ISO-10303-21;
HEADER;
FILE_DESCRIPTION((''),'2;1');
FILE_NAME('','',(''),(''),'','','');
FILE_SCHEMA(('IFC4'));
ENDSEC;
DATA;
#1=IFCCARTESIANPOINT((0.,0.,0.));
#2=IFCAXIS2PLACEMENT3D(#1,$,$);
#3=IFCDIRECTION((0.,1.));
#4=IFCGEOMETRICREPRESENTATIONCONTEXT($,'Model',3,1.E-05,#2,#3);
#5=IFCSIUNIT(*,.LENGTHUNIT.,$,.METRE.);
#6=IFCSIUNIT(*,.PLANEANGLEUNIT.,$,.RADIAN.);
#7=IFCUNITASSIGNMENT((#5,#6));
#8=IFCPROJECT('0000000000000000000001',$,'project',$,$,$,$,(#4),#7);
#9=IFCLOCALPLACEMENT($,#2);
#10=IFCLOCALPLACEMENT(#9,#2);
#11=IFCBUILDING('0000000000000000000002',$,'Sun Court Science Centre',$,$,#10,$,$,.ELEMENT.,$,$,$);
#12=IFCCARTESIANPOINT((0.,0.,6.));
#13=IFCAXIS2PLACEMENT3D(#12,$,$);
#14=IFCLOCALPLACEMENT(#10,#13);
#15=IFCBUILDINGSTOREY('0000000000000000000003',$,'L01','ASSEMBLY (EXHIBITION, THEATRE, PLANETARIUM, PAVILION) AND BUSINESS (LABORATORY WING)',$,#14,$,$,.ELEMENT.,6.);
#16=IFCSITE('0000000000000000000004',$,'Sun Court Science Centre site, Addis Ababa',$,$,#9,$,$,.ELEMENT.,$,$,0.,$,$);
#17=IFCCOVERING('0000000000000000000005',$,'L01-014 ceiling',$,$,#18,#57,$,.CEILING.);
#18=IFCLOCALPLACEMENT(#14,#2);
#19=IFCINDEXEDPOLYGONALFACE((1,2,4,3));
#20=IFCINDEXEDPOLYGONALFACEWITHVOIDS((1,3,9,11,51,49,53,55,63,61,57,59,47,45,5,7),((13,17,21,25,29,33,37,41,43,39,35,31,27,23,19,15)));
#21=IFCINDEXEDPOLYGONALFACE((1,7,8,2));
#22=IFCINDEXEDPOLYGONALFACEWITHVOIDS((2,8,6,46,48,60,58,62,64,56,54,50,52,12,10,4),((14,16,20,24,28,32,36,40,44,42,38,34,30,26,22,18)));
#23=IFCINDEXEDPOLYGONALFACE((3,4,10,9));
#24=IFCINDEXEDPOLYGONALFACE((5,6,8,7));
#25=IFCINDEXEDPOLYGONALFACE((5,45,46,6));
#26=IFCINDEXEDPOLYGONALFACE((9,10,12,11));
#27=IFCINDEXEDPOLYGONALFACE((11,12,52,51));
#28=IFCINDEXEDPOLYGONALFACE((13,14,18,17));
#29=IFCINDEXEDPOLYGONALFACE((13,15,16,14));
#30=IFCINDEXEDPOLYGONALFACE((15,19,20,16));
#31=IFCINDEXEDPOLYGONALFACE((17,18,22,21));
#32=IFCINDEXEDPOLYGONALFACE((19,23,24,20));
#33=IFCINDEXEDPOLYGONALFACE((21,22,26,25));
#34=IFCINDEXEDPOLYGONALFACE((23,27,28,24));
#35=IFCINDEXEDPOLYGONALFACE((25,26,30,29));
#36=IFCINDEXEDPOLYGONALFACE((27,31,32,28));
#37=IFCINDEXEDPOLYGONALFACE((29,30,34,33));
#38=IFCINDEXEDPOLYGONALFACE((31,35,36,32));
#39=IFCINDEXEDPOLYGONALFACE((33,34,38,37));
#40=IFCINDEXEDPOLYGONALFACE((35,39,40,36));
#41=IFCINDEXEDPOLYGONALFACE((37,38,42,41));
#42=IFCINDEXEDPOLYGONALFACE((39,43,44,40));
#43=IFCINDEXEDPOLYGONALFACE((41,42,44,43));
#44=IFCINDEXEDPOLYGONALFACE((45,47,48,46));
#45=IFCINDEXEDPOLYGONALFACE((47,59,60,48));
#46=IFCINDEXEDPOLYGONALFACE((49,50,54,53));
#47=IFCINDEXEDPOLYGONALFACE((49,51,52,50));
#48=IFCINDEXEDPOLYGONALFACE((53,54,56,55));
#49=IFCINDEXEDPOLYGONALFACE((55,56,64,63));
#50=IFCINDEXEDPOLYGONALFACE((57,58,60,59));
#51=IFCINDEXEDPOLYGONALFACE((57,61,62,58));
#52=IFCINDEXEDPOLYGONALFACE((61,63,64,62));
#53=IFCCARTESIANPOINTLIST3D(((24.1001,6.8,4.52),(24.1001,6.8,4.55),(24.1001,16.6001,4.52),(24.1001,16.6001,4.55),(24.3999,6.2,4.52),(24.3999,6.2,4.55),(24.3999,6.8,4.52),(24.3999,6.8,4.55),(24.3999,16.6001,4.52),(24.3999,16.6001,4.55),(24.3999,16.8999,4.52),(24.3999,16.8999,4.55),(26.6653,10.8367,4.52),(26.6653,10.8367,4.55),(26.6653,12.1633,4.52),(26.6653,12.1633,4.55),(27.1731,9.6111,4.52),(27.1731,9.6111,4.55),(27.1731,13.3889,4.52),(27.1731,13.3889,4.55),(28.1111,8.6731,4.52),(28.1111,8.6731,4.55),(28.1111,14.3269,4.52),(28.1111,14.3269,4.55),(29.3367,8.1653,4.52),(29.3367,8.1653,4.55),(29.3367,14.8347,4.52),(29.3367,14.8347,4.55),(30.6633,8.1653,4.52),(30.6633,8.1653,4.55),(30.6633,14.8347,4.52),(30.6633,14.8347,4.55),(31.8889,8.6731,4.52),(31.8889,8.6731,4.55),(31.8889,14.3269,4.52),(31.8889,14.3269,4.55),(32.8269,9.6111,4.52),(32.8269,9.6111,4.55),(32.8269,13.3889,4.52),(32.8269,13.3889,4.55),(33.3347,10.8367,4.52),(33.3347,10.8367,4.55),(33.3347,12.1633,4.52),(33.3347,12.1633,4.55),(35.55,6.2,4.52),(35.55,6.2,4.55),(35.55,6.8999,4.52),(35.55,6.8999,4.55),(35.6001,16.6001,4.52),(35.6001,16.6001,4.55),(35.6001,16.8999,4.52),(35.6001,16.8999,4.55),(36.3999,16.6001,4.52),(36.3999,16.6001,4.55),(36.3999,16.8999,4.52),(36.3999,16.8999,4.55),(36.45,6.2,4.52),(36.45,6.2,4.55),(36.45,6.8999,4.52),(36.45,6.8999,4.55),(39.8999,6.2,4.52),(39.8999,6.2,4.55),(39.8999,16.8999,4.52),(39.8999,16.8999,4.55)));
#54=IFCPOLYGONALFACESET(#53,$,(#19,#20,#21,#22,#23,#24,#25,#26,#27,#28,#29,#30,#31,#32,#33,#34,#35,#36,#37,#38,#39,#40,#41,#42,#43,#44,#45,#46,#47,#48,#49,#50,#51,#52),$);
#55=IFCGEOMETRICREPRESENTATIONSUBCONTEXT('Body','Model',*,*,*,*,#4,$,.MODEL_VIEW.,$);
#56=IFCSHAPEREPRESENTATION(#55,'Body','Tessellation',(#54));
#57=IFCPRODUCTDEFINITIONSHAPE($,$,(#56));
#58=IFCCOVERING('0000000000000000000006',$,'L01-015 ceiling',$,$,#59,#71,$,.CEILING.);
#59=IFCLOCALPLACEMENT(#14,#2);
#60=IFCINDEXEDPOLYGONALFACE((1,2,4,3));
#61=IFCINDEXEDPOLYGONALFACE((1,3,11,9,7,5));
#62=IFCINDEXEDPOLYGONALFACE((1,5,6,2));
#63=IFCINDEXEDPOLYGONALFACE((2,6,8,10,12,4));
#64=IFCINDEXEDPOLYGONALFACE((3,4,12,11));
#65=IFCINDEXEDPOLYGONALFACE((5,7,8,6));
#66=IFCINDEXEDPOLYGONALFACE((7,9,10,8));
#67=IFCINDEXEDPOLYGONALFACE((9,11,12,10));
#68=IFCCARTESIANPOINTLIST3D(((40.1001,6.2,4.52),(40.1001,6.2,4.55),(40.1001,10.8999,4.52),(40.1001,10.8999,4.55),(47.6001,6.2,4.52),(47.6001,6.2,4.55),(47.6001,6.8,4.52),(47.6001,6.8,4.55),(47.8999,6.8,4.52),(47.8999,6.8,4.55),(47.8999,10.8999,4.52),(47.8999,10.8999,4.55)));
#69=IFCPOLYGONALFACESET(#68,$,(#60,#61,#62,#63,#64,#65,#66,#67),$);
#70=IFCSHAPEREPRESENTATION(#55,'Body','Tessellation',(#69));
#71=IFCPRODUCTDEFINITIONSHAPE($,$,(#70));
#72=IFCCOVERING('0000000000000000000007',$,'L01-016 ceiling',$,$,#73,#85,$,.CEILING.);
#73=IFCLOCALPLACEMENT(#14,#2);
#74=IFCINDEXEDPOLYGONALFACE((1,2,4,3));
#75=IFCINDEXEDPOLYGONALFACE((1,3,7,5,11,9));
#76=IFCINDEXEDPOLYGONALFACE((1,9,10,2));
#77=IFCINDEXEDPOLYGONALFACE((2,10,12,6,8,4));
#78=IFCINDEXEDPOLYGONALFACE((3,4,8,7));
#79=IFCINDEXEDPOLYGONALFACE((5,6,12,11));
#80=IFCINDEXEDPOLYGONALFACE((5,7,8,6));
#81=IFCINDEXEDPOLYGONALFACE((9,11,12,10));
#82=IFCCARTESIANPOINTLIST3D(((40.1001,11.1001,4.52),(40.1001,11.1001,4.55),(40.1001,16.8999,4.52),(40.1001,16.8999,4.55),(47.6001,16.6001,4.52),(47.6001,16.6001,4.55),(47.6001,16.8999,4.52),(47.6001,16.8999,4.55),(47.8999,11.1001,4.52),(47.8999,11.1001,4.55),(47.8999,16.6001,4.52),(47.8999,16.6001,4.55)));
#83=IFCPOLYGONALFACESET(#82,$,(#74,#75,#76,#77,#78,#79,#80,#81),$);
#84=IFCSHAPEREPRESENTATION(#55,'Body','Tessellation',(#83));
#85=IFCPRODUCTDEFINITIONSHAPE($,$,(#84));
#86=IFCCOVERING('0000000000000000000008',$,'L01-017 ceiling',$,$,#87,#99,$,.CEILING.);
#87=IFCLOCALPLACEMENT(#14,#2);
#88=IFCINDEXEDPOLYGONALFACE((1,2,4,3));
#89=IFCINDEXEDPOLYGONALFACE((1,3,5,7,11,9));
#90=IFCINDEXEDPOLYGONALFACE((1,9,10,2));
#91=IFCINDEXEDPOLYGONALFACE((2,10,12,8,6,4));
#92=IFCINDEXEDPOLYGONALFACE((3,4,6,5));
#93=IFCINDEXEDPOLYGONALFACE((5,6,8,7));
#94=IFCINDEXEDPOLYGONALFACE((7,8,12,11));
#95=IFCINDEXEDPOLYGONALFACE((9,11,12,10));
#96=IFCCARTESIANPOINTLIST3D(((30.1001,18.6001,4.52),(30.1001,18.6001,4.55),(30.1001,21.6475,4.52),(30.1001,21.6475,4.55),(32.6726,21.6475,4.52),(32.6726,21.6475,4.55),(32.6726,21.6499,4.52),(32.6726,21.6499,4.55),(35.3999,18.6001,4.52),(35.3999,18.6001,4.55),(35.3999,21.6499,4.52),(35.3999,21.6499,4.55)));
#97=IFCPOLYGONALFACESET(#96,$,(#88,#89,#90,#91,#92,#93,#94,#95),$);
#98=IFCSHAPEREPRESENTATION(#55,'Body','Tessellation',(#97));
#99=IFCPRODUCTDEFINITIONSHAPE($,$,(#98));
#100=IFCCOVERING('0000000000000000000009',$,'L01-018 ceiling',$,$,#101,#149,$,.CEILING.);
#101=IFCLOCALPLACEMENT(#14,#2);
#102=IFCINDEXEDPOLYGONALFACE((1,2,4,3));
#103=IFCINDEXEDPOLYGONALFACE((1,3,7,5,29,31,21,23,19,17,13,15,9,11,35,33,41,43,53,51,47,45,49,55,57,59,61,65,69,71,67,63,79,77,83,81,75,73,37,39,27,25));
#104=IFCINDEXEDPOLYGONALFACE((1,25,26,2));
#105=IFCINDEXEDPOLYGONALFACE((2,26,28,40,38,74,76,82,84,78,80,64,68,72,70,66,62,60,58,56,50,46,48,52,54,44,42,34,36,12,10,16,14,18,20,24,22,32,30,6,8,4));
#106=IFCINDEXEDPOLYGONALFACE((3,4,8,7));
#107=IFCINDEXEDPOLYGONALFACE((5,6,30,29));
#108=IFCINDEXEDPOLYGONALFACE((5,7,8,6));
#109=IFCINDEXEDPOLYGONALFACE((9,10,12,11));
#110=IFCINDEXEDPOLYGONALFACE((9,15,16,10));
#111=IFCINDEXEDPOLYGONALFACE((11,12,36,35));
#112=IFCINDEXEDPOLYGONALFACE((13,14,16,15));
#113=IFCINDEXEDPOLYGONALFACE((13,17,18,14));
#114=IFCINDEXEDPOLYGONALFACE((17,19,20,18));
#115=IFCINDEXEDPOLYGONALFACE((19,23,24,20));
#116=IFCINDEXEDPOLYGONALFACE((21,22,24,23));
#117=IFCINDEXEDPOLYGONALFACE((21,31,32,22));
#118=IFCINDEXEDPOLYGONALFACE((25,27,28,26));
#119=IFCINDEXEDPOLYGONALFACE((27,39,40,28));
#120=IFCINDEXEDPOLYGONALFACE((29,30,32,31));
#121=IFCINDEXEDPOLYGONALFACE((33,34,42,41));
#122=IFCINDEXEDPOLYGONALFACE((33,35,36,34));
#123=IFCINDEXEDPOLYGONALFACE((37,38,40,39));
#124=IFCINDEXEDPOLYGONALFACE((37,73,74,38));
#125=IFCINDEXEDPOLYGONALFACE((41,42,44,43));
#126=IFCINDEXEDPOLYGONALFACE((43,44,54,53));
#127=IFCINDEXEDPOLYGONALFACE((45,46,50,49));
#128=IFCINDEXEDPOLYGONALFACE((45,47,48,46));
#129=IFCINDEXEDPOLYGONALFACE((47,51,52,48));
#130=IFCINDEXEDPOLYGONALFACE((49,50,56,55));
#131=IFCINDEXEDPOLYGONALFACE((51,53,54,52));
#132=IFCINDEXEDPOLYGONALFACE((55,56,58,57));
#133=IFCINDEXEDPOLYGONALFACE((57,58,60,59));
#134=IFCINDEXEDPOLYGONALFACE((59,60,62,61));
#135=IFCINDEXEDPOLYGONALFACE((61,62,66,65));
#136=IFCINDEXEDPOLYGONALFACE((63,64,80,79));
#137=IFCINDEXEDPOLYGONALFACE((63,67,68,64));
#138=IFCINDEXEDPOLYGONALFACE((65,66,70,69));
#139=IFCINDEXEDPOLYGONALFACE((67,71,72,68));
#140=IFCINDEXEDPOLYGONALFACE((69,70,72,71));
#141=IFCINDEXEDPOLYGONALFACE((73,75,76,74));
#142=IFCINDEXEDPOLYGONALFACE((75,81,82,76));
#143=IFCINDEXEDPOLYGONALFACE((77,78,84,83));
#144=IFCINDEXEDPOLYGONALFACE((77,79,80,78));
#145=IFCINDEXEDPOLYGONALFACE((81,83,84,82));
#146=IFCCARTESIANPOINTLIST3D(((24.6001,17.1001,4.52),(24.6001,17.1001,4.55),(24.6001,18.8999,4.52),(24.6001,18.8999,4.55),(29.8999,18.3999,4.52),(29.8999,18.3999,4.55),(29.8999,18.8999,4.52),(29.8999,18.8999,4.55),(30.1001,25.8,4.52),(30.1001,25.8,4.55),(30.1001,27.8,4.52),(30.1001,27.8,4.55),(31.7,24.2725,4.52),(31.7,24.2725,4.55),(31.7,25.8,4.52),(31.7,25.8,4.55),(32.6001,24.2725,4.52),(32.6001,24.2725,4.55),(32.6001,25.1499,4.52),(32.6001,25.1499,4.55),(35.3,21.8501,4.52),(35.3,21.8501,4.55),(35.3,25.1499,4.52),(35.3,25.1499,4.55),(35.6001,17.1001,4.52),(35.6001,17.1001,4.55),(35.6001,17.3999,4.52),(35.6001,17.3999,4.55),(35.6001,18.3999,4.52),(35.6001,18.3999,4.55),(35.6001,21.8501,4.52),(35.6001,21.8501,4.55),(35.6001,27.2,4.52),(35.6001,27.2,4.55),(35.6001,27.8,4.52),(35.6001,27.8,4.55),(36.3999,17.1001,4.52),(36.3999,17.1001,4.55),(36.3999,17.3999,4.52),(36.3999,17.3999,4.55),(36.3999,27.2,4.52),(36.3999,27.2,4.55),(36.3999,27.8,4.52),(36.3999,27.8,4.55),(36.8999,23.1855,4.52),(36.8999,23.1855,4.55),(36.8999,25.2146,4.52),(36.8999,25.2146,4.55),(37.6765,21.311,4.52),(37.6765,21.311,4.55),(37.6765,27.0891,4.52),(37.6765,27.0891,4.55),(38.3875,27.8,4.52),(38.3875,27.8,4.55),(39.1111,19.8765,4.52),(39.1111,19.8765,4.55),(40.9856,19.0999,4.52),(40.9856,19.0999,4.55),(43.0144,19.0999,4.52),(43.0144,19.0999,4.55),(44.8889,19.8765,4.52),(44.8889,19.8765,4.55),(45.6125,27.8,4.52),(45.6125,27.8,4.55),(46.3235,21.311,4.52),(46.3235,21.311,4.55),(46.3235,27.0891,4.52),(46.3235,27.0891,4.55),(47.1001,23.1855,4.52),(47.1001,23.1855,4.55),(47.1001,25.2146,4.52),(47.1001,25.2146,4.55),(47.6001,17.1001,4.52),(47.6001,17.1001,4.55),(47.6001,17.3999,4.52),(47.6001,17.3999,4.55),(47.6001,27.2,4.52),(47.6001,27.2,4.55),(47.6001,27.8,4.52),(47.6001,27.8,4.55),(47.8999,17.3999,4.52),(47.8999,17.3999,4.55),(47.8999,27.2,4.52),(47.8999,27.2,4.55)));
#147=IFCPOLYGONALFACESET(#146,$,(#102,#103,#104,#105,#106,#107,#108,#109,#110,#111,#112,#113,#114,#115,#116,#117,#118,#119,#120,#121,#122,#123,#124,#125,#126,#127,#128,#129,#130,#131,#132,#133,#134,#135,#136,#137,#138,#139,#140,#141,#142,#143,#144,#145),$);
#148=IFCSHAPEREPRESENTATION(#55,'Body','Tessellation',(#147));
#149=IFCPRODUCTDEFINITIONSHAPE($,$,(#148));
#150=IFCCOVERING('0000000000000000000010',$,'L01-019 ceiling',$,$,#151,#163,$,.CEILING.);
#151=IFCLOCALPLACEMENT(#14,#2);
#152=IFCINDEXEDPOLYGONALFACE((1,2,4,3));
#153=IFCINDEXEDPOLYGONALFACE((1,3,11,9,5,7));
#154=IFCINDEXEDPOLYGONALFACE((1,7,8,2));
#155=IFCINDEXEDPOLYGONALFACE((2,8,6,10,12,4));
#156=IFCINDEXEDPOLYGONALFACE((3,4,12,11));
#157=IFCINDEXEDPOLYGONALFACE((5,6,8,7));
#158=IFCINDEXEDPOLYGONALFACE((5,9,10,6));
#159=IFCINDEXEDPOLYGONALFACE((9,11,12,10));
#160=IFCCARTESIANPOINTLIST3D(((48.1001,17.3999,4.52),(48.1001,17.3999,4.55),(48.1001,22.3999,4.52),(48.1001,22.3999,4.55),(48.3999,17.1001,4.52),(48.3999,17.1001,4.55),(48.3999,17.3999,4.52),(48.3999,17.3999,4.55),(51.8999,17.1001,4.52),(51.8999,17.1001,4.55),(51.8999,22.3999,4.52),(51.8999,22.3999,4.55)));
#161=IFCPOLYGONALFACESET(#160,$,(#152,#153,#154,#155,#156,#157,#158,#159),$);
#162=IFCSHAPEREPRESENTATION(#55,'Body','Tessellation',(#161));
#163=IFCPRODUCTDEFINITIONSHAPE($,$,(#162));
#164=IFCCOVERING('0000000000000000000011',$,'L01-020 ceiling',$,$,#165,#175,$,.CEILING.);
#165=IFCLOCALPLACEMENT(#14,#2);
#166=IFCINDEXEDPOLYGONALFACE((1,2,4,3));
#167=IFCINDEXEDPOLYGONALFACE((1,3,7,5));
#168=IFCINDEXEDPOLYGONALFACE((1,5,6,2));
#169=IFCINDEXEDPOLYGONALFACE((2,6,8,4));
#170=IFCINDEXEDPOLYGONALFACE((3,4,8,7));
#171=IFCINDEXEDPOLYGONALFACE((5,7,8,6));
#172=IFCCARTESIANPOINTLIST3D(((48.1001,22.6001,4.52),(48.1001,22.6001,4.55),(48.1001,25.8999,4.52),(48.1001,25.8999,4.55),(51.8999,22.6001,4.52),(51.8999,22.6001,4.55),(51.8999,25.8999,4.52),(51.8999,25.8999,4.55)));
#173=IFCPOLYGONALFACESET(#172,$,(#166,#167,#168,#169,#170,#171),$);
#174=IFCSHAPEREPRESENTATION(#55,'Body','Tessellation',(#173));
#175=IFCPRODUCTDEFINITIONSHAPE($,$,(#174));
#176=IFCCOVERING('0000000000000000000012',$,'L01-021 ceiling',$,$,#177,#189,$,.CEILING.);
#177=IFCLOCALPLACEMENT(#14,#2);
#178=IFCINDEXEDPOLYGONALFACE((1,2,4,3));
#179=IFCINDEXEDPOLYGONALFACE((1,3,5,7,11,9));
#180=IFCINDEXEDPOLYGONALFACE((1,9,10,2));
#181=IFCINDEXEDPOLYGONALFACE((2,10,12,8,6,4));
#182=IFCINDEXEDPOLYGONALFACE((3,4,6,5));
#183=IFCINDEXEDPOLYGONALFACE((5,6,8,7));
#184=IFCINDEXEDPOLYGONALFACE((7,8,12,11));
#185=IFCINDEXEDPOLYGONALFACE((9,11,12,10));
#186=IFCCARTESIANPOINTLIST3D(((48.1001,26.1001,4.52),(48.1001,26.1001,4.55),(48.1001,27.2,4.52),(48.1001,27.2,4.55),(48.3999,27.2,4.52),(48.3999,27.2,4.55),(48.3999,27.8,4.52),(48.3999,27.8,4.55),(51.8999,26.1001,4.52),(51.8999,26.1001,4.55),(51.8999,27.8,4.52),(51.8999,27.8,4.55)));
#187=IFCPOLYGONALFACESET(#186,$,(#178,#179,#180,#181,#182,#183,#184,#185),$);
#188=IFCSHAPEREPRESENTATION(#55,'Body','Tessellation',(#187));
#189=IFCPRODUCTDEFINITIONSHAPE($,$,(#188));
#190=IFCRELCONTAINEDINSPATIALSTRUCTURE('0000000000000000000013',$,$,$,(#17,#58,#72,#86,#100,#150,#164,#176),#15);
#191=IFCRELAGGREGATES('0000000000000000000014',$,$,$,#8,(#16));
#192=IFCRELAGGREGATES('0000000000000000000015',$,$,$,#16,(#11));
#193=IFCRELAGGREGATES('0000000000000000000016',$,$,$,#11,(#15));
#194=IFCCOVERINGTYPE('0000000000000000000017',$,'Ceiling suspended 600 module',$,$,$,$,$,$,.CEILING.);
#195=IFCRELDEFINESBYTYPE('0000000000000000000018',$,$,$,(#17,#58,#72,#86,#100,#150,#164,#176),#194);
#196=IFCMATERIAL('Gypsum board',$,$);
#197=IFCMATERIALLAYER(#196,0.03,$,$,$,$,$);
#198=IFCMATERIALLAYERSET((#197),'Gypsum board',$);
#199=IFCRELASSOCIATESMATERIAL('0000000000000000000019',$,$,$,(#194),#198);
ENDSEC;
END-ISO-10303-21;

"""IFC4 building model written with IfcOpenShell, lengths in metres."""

from ifc_helpers import new_model, si_unit, direction, frame, origin, place, context, subcontext, project, spatial, polyline, outline, extrude, material, layer, layer_set, type_object, element, save


model = new_model("IFC4")

# Units and contexts
model_context = context("Model", 3, precision=1e-05, world=origin(), true_north=direction((0.0, 1.0)))
body_context = subcontext(model_context, "Body", "Model", "MODEL_VIEW")
ifc_project = project(units=[si_unit("LENGTHUNIT", "METRE"), si_unit("PLANEANGLEUNIT", "RADIAN")], contexts=[model_context])

# Site, building, storey
site_placement = place(None, origin())
site = spatial("IfcSite", under=ifc_project, at=site_placement, Name="Sun Court Science Centre site, Addis Ababa", CompositionType="ELEMENT", RefElevation=0.0)
building_placement = place(site_placement, origin())
building = spatial("IfcBuilding", under=site, at=building_placement, Name="Sun Court Science Centre", CompositionType="ELEMENT")
storey_placement = place(building_placement, frame((0.0, 0.0, 6.0)))
storey = spatial("IfcBuildingStorey", under=building, at=storey_placement, Name="L01", Description="ASSEMBLY (EXHIBITION, THEATRE, PLANETARIUM, PAVILION) AND BUSINESS (LABORATORY WING)", CompositionType="ELEMENT", Elevation=6.0)

# Coverings
ifc_material_1 = material(Name="Gypsum board")
ifc_layer_1 = layer(ifc_material_1, 0.03)
ifc_layer_set_1 = layer_set([ifc_layer_1], Name="Gypsum board")
covering_type_1 = type_object("IfcCoveringType", Name="Ceiling suspended 600 module", PredefinedType="CEILING", material=ifc_layer_set_1)
covering_1_placement = place(storey_placement, frame((0.0, 0.0, 4.52)))
element("IfcCovering", 1, at=covering_1_placement, inside=storey, type_object=covering_type_1, Name="L01-014 ceiling", PredefinedType="CEILING", context=body_context, shape_type="SweptSolid", body=[
    extrude(outline(polyline([(24.1001, 16.6001), (24.3999, 16.6001), (24.3999, 16.8999), (35.6001, 16.8999), (35.6001, 16.6001), (36.3999, 16.6001), (36.3999, 16.8999), (39.8999, 16.8999), (39.8999, 6.2), (36.45, 6.2), (36.45, 6.8999), (35.55, 6.8999), (35.55, 6.2), (24.3999, 6.2), (24.3999, 6.8), (24.1001, 6.8), (24.1001, 16.6001)]), holes=[polyline([(31.8889, 14.3269), (30.6633, 14.8347), (29.3367, 14.8347), (28.1111, 14.3269), (27.1731, 13.3889), (26.6653, 12.1633), (26.6653, 10.8367), (27.1731, 9.6111), (28.1111, 8.6731), (29.3367, 8.1653), (30.6633, 8.1653), (31.8889, 8.6731), (32.8269, 9.6111), (33.3347, 10.8367), (33.3347, 12.1633), (32.8269, 13.3889), (31.8889, 14.3269)])]), origin(), (0.0, 0.0, 1.0), 0.03),
])
covering_2_placement = place(storey_placement, frame((0.0, 0.0, 4.52)))
element("IfcCovering", 2, at=covering_2_placement, inside=storey, type_object=covering_type_1, Name="L01-015 ceiling", PredefinedType="CEILING", context=body_context, shape_type="SweptSolid", body=[
    extrude(outline(polyline([(40.1001, 6.2), (40.1001, 10.8999), (47.8999, 10.8999), (47.8999, 6.8), (47.6001, 6.8), (47.6001, 6.2), (40.1001, 6.2)])), origin(), (0.0, 0.0, 1.0), 0.03),
])
covering_3_placement = place(storey_placement, frame((0.0, 0.0, 4.52)))
element("IfcCovering", 3, at=covering_3_placement, inside=storey, type_object=covering_type_1, Name="L01-016 ceiling", PredefinedType="CEILING", context=body_context, shape_type="SweptSolid", body=[
    extrude(outline(polyline([(40.1001, 16.8999), (47.6001, 16.8999), (47.6001, 16.6001), (47.8999, 16.6001), (47.8999, 11.1001), (40.1001, 11.1001), (40.1001, 16.8999)])), origin(), (0.0, 0.0, 1.0), 0.03),
])
covering_4_placement = place(storey_placement, frame((0.0, 0.0, 4.52)))
element("IfcCovering", 4, at=covering_4_placement, inside=storey, type_object=covering_type_1, Name="L01-017 ceiling", PredefinedType="CEILING", context=body_context, shape_type="SweptSolid", body=[
    extrude(outline(polyline([(30.1001, 18.6001), (30.1001, 21.6475), (32.6726, 21.6475), (32.6726, 21.6499), (35.3999, 21.6499), (35.3999, 18.6001), (30.1001, 18.6001)])), origin(), (0.0, 0.0, 1.0), 0.03),
])
covering_5_placement = place(storey_placement, frame((0.0, 0.0, 4.52)))
element("IfcCovering", 5, at=covering_5_placement, inside=storey, type_object=covering_type_1, Name="L01-018 ceiling", PredefinedType="CEILING", context=body_context, shape_type="SweptSolid", body=[
    extrude(outline(polyline([(38.3875, 27.8), (37.6765, 27.0891), (36.8999, 25.2146), (36.8999, 23.1855), (37.6765, 21.311), (39.1111, 19.8765), (40.9856, 19.0999), (43.0144, 19.0999), (44.8889, 19.8765), (46.3235, 21.311), (47.1001, 23.1855), (47.1001, 25.2146), (46.3235, 27.0891), (45.6125, 27.8), (47.6001, 27.8), (47.6001, 27.2), (47.8999, 27.2), (47.8999, 17.3999), (47.6001, 17.3999), (47.6001, 17.1001), (36.3999, 17.1001), (36.3999, 17.3999), (35.6001, 17.3999), (35.6001, 17.1001), (24.6001, 17.1001), (24.6001, 18.8999), (29.8999, 18.8999), (29.8999, 18.3999), (35.6001, 18.3999), (35.6001, 21.8501), (35.3, 21.8501), (35.3, 25.1499), (32.6001, 25.1499), (32.6001, 24.2725), (31.7, 24.2725), (31.7, 25.8), (30.1001, 25.8), (30.1001, 27.8), (35.6001, 27.8), (35.6001, 27.2), (36.3999, 27.2), (36.3999, 27.8), (38.3875, 27.8)])), origin(), (0.0, 0.0, 1.0), 0.03),
])
covering_6_placement = place(storey_placement, frame((0.0, 0.0, 4.52)))
element("IfcCovering", 6, at=covering_6_placement, inside=storey, type_object=covering_type_1, Name="L01-019 ceiling", PredefinedType="CEILING", context=body_context, shape_type="SweptSolid", body=[
    extrude(outline(polyline([(48.1001, 17.3999), (48.1001, 22.3999), (51.8999, 22.3999), (51.8999, 17.1001), (48.3999, 17.1001), (48.3999, 17.3999), (48.1001, 17.3999)])), origin(), (0.0, 0.0, 1.0), 0.03),
])
covering_7_placement = place(storey_placement, frame((0.0, 0.0, 4.52)))
element("IfcCovering", 7, at=covering_7_placement, inside=storey, type_object=covering_type_1, Name="L01-020 ceiling", PredefinedType="CEILING", context=body_context, shape_type="SweptSolid", body=[
    extrude(outline(polyline([(48.1001, 25.8999), (51.8999, 25.8999), (51.8999, 22.6001), (48.1001, 22.6001), (48.1001, 25.8999)])), origin(), (0.0, 0.0, 1.0), 0.03),
])
covering_8_placement = place(storey_placement, frame((0.0, 0.0, 4.52)))
element("IfcCovering", 8, at=covering_8_placement, inside=storey, type_object=covering_type_1, Name="L01-021 ceiling", PredefinedType="CEILING", context=body_context, shape_type="SweptSolid", body=[
    extrude(outline(polyline([(51.8999, 27.8), (51.8999, 26.1001), (48.1001, 26.1001), (48.1001, 27.2), (48.3999, 27.2), (48.3999, 27.8), (51.8999, 27.8)])), origin(), (0.0, 0.0, 1.0), 0.03),
])

save(model, "model.ifc")
